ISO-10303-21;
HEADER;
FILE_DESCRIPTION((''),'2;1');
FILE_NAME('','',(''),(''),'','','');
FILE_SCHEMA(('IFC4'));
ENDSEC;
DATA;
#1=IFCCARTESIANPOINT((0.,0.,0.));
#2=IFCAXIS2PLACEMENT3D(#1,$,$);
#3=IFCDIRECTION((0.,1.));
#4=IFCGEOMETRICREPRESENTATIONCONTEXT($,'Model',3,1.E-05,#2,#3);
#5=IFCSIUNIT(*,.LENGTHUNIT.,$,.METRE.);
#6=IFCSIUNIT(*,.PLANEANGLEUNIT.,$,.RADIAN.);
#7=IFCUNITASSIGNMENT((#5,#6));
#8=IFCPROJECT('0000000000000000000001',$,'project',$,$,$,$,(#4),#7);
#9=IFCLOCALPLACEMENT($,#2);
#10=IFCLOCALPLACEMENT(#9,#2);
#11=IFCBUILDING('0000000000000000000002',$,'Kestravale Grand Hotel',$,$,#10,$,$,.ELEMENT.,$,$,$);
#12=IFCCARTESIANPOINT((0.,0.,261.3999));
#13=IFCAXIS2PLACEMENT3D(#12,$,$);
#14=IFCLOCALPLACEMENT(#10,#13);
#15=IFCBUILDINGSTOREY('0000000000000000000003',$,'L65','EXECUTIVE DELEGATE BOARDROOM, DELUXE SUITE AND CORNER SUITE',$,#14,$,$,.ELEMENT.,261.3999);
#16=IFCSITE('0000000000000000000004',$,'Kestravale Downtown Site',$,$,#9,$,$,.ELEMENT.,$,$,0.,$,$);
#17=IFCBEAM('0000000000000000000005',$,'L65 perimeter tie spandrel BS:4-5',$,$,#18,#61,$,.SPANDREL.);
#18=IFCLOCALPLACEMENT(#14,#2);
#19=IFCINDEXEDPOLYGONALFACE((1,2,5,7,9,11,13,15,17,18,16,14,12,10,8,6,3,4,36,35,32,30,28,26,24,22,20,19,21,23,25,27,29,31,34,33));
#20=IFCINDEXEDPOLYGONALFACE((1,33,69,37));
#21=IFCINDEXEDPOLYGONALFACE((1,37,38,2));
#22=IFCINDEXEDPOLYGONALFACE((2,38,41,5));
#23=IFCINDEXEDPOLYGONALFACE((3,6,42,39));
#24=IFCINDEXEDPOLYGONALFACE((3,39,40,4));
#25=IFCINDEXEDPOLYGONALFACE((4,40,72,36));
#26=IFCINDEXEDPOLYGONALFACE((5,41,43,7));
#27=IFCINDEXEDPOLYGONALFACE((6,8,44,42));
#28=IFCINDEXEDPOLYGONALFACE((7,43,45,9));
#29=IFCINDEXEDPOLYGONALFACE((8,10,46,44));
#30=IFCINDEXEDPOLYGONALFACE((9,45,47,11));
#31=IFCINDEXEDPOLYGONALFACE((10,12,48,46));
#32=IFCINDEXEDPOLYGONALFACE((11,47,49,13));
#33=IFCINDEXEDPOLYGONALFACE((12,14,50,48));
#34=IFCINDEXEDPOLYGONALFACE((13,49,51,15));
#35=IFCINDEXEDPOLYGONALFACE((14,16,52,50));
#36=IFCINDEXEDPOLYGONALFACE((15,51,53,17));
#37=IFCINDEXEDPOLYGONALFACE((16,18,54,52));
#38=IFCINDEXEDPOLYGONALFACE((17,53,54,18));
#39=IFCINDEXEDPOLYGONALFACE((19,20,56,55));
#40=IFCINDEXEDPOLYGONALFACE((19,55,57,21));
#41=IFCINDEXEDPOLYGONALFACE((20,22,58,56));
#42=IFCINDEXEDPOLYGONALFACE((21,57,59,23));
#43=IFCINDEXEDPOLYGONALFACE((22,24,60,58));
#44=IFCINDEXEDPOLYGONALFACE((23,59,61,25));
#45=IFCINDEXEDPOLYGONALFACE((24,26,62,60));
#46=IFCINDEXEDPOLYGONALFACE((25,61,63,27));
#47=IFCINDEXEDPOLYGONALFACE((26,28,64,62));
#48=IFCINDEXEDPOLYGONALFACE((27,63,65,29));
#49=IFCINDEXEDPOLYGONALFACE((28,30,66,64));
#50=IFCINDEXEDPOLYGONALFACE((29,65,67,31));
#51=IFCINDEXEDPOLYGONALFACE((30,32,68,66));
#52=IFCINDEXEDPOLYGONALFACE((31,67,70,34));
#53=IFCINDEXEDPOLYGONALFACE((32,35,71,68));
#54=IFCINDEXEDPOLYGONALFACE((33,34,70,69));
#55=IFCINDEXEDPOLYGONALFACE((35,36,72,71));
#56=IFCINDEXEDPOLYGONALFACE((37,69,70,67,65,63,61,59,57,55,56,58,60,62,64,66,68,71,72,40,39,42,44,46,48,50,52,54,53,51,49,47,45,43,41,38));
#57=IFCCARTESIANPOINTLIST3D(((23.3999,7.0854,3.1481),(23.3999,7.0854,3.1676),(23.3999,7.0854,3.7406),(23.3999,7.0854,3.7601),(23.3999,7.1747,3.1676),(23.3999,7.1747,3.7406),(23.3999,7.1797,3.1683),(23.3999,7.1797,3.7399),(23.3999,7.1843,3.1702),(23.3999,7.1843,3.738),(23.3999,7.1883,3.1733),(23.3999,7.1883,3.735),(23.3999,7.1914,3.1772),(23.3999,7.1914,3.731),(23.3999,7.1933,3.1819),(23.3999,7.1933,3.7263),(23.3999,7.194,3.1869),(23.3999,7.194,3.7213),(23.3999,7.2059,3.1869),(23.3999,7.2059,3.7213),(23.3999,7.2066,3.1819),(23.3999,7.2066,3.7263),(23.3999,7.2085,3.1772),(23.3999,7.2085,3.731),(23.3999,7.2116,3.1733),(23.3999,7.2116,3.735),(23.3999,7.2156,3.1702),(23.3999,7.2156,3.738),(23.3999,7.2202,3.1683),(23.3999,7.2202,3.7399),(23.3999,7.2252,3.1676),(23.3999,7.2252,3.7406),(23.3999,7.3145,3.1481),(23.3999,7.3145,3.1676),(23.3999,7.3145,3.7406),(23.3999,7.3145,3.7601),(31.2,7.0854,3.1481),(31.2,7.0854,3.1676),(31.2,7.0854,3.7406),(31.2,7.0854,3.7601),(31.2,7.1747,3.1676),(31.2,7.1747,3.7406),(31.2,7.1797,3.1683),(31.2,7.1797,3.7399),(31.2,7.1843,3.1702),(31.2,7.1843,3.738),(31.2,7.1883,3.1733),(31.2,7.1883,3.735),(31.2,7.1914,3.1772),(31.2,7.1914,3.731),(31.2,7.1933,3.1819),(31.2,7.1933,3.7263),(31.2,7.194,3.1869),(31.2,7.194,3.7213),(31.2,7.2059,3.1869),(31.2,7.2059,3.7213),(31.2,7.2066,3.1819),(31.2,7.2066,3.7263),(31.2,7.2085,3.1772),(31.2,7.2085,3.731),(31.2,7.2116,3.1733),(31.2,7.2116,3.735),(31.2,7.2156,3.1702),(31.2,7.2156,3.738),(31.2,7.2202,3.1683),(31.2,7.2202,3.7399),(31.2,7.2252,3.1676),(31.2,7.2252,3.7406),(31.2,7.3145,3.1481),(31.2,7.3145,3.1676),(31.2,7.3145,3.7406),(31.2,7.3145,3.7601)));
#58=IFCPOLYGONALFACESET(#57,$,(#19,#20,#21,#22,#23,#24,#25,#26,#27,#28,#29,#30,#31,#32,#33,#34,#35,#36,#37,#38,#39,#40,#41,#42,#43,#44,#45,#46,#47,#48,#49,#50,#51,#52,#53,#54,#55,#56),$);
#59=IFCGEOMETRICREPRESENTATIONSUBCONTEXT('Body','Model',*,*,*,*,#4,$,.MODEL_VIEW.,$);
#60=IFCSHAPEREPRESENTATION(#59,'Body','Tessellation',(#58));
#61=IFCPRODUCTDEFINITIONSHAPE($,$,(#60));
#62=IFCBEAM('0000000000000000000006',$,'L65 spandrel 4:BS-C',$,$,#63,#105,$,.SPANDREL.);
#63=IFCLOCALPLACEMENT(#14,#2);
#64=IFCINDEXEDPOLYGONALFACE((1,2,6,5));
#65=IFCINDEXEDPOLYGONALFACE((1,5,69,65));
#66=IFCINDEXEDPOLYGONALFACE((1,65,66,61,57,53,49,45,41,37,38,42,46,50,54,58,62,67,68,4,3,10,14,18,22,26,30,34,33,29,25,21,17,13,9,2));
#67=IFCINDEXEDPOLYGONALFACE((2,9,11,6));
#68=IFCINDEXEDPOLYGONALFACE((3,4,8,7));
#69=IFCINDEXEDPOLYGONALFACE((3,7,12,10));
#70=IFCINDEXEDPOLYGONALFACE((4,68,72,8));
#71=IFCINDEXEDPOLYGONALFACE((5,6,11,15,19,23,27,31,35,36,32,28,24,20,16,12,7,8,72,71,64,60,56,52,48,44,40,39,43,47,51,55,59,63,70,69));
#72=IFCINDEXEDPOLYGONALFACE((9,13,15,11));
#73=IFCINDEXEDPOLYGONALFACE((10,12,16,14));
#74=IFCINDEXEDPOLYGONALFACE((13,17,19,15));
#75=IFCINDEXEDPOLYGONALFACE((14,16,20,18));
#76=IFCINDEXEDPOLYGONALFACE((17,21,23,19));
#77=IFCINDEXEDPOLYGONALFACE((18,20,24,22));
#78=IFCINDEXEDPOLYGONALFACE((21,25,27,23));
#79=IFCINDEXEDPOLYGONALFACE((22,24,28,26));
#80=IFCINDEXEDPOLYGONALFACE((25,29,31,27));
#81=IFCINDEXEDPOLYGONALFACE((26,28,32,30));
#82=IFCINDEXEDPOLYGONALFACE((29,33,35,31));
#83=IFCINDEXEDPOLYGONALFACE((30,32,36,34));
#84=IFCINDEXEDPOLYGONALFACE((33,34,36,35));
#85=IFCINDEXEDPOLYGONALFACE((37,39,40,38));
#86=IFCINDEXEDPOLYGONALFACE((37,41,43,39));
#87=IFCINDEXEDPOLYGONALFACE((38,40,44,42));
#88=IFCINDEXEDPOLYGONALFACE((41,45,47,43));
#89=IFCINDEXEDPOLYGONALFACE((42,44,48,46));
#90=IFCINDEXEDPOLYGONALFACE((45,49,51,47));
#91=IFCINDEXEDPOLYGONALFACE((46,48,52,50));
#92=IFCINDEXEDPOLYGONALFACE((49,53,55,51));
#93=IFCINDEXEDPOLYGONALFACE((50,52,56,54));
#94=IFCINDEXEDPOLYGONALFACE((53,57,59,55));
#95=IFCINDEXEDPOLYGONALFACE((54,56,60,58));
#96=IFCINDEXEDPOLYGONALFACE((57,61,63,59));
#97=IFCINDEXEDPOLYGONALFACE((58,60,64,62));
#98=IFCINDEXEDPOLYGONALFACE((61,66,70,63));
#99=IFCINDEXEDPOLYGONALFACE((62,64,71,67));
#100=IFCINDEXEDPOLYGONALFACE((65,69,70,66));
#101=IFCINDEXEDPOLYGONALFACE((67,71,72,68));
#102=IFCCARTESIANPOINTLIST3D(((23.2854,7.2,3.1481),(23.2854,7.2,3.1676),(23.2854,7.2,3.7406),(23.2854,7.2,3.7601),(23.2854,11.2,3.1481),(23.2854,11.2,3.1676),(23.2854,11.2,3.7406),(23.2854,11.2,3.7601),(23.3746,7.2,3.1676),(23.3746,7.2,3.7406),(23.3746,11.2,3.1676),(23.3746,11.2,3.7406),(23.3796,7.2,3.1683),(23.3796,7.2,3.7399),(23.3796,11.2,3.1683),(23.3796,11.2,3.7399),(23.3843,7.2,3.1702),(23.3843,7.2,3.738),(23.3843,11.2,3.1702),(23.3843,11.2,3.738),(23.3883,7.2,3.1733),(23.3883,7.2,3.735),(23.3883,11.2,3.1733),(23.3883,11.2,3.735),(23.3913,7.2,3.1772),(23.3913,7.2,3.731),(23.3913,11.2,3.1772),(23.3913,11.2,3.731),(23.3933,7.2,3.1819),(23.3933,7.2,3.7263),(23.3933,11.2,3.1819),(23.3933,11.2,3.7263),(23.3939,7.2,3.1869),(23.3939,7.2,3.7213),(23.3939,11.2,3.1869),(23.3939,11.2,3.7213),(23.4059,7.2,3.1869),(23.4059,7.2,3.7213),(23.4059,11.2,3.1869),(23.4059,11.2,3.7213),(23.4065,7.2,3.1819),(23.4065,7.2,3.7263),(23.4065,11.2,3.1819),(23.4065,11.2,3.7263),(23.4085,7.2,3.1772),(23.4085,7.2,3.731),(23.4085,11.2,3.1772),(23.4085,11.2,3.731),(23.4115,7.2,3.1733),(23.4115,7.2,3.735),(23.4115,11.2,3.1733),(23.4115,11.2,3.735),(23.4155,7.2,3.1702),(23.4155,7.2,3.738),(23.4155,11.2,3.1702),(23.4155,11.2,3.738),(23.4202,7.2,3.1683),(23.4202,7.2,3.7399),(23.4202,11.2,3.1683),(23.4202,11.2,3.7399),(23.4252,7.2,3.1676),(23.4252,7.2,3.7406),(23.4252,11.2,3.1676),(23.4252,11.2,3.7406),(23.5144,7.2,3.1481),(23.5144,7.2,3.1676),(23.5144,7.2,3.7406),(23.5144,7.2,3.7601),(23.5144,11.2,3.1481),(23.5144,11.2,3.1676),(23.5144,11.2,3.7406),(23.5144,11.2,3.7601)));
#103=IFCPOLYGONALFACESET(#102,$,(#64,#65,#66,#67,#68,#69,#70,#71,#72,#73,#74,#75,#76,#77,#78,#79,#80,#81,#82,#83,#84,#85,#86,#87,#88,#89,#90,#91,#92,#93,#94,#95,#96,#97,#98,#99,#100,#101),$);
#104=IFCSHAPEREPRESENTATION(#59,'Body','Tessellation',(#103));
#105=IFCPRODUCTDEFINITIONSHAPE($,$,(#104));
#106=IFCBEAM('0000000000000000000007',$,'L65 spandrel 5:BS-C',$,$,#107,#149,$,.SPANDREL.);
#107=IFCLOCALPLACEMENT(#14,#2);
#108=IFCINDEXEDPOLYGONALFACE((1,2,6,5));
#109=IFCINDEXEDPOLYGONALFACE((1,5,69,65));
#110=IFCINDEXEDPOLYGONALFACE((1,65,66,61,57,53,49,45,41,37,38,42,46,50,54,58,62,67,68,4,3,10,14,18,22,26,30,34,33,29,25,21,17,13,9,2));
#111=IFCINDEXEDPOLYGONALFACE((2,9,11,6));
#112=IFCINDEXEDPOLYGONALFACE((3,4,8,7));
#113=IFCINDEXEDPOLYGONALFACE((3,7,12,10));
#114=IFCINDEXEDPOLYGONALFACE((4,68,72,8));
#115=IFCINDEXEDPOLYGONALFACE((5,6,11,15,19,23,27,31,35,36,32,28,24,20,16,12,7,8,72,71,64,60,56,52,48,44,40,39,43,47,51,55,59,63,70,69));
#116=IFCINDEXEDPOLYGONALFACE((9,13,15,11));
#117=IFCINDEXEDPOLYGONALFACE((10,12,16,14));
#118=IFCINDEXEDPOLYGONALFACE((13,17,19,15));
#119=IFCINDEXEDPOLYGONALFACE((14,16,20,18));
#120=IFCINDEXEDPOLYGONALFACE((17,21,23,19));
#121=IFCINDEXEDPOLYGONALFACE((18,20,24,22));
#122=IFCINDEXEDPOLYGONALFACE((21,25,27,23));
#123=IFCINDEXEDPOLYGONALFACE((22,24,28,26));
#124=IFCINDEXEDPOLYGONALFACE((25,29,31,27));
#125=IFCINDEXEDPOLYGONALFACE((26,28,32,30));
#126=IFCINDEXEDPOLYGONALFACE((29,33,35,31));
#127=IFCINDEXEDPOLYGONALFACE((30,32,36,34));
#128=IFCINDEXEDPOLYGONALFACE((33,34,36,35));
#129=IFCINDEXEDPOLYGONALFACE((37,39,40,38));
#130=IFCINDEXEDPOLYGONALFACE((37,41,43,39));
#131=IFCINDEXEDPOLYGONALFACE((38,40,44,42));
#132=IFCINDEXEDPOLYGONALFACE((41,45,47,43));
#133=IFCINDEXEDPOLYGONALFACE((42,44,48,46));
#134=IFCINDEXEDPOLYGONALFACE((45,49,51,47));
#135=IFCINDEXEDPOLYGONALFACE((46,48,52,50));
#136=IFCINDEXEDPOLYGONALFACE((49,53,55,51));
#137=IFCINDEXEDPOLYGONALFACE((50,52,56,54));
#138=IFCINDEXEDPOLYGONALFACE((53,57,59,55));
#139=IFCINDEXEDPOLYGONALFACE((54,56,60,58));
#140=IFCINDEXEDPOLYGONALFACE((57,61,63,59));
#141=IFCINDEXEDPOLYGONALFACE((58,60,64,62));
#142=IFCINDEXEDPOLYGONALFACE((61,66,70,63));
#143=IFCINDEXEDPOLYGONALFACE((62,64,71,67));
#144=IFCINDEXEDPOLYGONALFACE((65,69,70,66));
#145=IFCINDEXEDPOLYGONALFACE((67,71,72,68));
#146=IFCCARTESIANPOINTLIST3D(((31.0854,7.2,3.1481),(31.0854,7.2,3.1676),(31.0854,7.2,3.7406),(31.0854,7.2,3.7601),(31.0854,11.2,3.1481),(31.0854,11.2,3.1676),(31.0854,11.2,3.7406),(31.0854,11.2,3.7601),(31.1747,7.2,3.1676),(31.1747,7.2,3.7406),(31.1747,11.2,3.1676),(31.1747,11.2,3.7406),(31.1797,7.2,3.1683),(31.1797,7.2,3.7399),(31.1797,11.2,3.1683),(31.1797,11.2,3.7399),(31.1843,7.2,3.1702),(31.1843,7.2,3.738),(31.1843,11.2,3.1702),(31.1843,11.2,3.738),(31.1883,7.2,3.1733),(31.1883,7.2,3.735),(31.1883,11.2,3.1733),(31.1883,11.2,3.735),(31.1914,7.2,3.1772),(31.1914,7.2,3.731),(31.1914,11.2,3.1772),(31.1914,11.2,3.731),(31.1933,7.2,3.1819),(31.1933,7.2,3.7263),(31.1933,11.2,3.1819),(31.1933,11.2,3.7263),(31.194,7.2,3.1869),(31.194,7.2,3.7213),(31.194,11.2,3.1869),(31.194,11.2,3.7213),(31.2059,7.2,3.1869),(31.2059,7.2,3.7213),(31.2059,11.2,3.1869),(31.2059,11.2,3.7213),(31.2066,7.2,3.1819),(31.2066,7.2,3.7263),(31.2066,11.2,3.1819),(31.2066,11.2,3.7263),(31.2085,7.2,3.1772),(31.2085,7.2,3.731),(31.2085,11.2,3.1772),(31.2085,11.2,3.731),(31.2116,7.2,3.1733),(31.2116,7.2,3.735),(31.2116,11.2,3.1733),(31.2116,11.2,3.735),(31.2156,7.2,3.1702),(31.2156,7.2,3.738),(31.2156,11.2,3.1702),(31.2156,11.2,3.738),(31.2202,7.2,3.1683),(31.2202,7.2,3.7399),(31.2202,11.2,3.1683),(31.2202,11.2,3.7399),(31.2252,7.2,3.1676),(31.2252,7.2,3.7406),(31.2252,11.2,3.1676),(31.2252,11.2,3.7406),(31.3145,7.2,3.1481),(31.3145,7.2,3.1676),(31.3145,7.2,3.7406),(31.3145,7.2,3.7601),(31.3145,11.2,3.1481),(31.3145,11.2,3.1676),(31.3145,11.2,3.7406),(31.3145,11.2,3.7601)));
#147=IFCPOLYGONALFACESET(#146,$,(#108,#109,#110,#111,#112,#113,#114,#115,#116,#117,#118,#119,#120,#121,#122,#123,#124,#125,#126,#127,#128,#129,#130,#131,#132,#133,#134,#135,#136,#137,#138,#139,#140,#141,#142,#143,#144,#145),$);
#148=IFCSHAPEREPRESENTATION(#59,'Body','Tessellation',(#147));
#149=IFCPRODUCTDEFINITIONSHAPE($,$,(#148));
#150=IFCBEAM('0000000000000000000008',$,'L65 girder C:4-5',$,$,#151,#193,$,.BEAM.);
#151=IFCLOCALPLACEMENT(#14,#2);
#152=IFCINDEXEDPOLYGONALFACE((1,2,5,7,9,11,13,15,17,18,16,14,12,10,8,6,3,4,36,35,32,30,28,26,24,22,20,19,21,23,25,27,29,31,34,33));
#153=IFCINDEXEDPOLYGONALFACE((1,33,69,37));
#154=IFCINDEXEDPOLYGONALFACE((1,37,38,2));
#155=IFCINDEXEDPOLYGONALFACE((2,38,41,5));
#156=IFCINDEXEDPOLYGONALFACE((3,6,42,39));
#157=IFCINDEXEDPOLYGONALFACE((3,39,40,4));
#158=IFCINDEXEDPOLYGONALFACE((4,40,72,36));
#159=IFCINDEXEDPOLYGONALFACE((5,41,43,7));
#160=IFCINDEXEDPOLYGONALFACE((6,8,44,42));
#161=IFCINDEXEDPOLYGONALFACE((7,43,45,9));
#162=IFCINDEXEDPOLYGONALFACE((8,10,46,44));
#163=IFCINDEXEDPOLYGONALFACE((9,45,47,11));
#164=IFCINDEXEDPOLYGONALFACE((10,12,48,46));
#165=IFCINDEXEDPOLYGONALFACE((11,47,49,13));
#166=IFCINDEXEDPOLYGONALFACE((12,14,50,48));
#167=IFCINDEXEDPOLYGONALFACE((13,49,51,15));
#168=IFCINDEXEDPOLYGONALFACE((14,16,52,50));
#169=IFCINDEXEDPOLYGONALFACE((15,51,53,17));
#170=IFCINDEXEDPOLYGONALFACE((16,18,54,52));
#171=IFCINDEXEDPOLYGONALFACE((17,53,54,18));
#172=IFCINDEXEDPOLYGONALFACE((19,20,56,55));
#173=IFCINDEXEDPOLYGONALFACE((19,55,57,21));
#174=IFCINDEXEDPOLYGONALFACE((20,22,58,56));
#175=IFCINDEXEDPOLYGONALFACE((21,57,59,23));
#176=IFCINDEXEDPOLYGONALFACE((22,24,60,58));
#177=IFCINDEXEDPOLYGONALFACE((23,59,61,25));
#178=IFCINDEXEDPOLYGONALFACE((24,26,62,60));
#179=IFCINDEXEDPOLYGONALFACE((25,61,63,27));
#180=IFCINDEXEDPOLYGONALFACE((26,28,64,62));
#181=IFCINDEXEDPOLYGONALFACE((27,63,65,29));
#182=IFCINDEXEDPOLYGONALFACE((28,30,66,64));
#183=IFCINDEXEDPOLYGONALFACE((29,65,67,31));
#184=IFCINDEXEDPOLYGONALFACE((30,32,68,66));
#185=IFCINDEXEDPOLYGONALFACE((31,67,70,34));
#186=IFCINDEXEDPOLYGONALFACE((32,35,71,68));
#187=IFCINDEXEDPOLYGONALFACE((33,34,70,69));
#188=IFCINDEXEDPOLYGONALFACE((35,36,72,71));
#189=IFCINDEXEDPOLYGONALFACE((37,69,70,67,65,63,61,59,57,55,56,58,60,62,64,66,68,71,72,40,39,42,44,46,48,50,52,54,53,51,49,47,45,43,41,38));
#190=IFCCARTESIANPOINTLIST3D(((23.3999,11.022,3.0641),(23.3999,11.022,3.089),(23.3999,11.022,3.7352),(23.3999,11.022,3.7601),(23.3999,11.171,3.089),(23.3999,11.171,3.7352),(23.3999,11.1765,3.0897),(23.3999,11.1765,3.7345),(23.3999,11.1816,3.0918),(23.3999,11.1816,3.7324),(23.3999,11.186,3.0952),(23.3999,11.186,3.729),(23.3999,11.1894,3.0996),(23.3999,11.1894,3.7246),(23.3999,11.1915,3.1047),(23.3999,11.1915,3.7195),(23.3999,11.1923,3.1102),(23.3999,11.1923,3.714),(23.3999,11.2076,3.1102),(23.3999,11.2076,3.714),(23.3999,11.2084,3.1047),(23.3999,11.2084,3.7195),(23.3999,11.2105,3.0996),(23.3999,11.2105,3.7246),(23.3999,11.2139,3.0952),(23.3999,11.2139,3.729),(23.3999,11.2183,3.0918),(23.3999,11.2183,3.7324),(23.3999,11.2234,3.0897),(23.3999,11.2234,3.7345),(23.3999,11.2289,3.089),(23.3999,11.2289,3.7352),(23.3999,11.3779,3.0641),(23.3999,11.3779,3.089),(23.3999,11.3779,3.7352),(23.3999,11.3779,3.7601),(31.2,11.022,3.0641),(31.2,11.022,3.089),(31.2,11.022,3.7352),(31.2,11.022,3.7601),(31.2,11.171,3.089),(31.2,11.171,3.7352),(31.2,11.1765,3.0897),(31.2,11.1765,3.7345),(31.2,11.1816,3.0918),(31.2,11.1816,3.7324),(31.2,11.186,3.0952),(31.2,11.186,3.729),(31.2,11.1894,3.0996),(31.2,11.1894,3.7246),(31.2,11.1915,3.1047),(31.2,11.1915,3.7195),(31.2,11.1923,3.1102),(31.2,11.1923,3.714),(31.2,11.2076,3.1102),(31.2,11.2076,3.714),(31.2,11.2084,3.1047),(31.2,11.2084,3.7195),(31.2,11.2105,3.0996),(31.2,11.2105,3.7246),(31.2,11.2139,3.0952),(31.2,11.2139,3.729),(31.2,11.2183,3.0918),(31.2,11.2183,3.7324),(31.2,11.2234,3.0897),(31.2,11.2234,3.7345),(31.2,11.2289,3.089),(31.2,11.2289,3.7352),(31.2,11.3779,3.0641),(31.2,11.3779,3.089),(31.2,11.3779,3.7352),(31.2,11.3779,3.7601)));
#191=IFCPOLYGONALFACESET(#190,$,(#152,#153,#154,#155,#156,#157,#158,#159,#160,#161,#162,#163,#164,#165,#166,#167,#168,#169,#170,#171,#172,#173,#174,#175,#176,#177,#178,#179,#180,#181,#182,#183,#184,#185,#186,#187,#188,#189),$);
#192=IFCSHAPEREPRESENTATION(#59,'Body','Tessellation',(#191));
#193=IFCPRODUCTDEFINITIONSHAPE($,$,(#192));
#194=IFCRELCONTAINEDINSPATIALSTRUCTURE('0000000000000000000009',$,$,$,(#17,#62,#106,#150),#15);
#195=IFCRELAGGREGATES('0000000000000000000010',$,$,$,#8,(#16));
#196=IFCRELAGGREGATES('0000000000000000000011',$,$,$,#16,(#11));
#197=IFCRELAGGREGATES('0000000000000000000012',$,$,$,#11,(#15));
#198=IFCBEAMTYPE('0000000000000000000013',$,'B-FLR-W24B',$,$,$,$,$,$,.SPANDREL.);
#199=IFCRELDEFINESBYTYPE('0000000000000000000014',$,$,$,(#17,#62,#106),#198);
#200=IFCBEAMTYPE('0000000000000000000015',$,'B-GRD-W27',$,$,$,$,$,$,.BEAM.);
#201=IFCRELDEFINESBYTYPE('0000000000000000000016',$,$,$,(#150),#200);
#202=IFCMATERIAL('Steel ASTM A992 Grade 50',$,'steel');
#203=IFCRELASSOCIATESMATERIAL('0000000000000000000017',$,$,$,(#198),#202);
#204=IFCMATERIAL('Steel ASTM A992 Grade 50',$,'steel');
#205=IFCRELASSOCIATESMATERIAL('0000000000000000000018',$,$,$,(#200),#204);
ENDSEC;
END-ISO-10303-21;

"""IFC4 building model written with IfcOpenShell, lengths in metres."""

from ifc_helpers import new_model, si_unit, direction, frame, origin, origin_2d, place, context, subcontext, project, spatial, i_section, extrude, material, material_profile, profile_set, type_object, element, save


model = new_model("IFC4")

# Units and contexts
model_context = context("Model", 3, precision=1e-05, world=origin(), true_north=direction((0.0, 1.0)))
body_context = subcontext(model_context, "Body", "Model", "MODEL_VIEW")
ifc_project = project(units=[si_unit("LENGTHUNIT", "METRE"), si_unit("PLANEANGLEUNIT", "RADIAN")], contexts=[model_context])

# Site, building, storey
site_placement = place(None, origin())
site = spatial("IfcSite", under=ifc_project, at=site_placement, Name="Kestravale Downtown Site", CompositionType="ELEMENT", RefElevation=0.0)
building_placement = place(site_placement, origin())
building = spatial("IfcBuilding", under=site, at=building_placement, Name="Kestravale Grand Hotel", CompositionType="ELEMENT")
storey_placement = place(building_placement, frame((0.0, 0.0, 261.3999)))
storey = spatial("IfcBuildingStorey", under=building, at=storey_placement, Name="L65", Description="EXECUTIVE DELEGATE BOARDROOM, DELUXE SUITE AND CORNER SUITE", CompositionType="ELEMENT", Elevation=261.3999)

# Beams
ifc_material_1 = material(Name="Steel ASTM A992 Grade 50", Category="steel")
ifc_material_profile_1 = material_profile(ifc_material_1, i_section(OverallWidth=0.229, OverallDepth=0.6121, WebThickness=0.012, FlangeThickness=0.0195, FilletRadius=0.0193, at=origin_2d()))
ifc_profile_set_1 = profile_set([ifc_material_profile_1], Name="Steel ASTM A992 Grade 50")
beam_type_1 = type_object("IfcBeamType", Name="B-FLR-W24B", PredefinedType="SPANDREL", material=ifc_profile_set_1)
beam_1_placement = place(storey_placement, frame((23.3999, 7.2, 3.4541), z_axis=(1.0, 0.0, 0.0), x_axis=(0.0, 1.0, 0.0)))
element("IfcBeam", 1, at=beam_1_placement, inside=storey, type_object=beam_type_1, Name="L65 perimeter tie spandrel BS:4-5", PredefinedType="SPANDREL", context=body_context, shape_type="SweptSolid", body=[
    extrude(i_section(OverallWidth=0.229, OverallDepth=0.6121, WebThickness=0.012, FlangeThickness=0.0195, FilletRadius=0.0193, at=origin_2d()), origin(), (0.0, 0.0, 1.0), 7.8),
])
for number, where, z_axis, x_axis, name in (
    (2, (23.3999, 7.2, 3.4541), (0.0, 1.0, 0.0), (-1.0, 0.0, 0.0), "L65 spandrel 4:BS-C"),
    (3, (31.2, 7.2, 3.4541), (0.0, 1.0, 0.0), (-1.0, 0.0, 0.0), "L65 spandrel 5:BS-C"),
):
    element("IfcBeam", number, at=place(storey_placement, frame(where, z_axis=z_axis, x_axis=x_axis)), inside=storey, type_object=beam_type_1, Name=name, PredefinedType="SPANDREL", context=body_context, shape_type="SweptSolid", body=[
        extrude(i_section(OverallWidth=0.229, OverallDepth=0.6121, WebThickness=0.012, FlangeThickness=0.0195, FilletRadius=0.0193, at=origin_2d()), origin(), (0.0, 0.0, 1.0), 4.0),
    ])
ifc_material_2 = material(Name="Steel ASTM A992 Grade 50", Category="steel")
ifc_material_profile_2 = material_profile(ifc_material_2, i_section(OverallWidth=0.356, OverallDepth=0.696, WebThickness=0.0154, FlangeThickness=0.0249, FilletRadius=0.0212, at=origin_2d()))
ifc_profile_set_2 = profile_set([ifc_material_profile_2], Name="Steel ASTM A992 Grade 50")
beam_type_2 = type_object("IfcBeamType", Name="B-GRD-W27", PredefinedType="BEAM", material=ifc_profile_set_2)
beam_2_placement = place(storey_placement, frame((23.3999, 11.2, 3.4121), z_axis=(1.0, 0.0, 0.0), x_axis=(0.0, 1.0, 0.0)))
element("IfcBeam", 4, at=beam_2_placement, inside=storey, type_object=beam_type_2, Name="L65 girder C:4-5", PredefinedType="BEAM", context=body_context, shape_type="SweptSolid", body=[
    extrude(i_section(OverallWidth=0.356, OverallDepth=0.696, WebThickness=0.0154, FlangeThickness=0.0249, FilletRadius=0.0212, at=origin_2d()), origin(), (0.0, 0.0, 1.0), 7.8),
])

save(model, "model.ifc")
